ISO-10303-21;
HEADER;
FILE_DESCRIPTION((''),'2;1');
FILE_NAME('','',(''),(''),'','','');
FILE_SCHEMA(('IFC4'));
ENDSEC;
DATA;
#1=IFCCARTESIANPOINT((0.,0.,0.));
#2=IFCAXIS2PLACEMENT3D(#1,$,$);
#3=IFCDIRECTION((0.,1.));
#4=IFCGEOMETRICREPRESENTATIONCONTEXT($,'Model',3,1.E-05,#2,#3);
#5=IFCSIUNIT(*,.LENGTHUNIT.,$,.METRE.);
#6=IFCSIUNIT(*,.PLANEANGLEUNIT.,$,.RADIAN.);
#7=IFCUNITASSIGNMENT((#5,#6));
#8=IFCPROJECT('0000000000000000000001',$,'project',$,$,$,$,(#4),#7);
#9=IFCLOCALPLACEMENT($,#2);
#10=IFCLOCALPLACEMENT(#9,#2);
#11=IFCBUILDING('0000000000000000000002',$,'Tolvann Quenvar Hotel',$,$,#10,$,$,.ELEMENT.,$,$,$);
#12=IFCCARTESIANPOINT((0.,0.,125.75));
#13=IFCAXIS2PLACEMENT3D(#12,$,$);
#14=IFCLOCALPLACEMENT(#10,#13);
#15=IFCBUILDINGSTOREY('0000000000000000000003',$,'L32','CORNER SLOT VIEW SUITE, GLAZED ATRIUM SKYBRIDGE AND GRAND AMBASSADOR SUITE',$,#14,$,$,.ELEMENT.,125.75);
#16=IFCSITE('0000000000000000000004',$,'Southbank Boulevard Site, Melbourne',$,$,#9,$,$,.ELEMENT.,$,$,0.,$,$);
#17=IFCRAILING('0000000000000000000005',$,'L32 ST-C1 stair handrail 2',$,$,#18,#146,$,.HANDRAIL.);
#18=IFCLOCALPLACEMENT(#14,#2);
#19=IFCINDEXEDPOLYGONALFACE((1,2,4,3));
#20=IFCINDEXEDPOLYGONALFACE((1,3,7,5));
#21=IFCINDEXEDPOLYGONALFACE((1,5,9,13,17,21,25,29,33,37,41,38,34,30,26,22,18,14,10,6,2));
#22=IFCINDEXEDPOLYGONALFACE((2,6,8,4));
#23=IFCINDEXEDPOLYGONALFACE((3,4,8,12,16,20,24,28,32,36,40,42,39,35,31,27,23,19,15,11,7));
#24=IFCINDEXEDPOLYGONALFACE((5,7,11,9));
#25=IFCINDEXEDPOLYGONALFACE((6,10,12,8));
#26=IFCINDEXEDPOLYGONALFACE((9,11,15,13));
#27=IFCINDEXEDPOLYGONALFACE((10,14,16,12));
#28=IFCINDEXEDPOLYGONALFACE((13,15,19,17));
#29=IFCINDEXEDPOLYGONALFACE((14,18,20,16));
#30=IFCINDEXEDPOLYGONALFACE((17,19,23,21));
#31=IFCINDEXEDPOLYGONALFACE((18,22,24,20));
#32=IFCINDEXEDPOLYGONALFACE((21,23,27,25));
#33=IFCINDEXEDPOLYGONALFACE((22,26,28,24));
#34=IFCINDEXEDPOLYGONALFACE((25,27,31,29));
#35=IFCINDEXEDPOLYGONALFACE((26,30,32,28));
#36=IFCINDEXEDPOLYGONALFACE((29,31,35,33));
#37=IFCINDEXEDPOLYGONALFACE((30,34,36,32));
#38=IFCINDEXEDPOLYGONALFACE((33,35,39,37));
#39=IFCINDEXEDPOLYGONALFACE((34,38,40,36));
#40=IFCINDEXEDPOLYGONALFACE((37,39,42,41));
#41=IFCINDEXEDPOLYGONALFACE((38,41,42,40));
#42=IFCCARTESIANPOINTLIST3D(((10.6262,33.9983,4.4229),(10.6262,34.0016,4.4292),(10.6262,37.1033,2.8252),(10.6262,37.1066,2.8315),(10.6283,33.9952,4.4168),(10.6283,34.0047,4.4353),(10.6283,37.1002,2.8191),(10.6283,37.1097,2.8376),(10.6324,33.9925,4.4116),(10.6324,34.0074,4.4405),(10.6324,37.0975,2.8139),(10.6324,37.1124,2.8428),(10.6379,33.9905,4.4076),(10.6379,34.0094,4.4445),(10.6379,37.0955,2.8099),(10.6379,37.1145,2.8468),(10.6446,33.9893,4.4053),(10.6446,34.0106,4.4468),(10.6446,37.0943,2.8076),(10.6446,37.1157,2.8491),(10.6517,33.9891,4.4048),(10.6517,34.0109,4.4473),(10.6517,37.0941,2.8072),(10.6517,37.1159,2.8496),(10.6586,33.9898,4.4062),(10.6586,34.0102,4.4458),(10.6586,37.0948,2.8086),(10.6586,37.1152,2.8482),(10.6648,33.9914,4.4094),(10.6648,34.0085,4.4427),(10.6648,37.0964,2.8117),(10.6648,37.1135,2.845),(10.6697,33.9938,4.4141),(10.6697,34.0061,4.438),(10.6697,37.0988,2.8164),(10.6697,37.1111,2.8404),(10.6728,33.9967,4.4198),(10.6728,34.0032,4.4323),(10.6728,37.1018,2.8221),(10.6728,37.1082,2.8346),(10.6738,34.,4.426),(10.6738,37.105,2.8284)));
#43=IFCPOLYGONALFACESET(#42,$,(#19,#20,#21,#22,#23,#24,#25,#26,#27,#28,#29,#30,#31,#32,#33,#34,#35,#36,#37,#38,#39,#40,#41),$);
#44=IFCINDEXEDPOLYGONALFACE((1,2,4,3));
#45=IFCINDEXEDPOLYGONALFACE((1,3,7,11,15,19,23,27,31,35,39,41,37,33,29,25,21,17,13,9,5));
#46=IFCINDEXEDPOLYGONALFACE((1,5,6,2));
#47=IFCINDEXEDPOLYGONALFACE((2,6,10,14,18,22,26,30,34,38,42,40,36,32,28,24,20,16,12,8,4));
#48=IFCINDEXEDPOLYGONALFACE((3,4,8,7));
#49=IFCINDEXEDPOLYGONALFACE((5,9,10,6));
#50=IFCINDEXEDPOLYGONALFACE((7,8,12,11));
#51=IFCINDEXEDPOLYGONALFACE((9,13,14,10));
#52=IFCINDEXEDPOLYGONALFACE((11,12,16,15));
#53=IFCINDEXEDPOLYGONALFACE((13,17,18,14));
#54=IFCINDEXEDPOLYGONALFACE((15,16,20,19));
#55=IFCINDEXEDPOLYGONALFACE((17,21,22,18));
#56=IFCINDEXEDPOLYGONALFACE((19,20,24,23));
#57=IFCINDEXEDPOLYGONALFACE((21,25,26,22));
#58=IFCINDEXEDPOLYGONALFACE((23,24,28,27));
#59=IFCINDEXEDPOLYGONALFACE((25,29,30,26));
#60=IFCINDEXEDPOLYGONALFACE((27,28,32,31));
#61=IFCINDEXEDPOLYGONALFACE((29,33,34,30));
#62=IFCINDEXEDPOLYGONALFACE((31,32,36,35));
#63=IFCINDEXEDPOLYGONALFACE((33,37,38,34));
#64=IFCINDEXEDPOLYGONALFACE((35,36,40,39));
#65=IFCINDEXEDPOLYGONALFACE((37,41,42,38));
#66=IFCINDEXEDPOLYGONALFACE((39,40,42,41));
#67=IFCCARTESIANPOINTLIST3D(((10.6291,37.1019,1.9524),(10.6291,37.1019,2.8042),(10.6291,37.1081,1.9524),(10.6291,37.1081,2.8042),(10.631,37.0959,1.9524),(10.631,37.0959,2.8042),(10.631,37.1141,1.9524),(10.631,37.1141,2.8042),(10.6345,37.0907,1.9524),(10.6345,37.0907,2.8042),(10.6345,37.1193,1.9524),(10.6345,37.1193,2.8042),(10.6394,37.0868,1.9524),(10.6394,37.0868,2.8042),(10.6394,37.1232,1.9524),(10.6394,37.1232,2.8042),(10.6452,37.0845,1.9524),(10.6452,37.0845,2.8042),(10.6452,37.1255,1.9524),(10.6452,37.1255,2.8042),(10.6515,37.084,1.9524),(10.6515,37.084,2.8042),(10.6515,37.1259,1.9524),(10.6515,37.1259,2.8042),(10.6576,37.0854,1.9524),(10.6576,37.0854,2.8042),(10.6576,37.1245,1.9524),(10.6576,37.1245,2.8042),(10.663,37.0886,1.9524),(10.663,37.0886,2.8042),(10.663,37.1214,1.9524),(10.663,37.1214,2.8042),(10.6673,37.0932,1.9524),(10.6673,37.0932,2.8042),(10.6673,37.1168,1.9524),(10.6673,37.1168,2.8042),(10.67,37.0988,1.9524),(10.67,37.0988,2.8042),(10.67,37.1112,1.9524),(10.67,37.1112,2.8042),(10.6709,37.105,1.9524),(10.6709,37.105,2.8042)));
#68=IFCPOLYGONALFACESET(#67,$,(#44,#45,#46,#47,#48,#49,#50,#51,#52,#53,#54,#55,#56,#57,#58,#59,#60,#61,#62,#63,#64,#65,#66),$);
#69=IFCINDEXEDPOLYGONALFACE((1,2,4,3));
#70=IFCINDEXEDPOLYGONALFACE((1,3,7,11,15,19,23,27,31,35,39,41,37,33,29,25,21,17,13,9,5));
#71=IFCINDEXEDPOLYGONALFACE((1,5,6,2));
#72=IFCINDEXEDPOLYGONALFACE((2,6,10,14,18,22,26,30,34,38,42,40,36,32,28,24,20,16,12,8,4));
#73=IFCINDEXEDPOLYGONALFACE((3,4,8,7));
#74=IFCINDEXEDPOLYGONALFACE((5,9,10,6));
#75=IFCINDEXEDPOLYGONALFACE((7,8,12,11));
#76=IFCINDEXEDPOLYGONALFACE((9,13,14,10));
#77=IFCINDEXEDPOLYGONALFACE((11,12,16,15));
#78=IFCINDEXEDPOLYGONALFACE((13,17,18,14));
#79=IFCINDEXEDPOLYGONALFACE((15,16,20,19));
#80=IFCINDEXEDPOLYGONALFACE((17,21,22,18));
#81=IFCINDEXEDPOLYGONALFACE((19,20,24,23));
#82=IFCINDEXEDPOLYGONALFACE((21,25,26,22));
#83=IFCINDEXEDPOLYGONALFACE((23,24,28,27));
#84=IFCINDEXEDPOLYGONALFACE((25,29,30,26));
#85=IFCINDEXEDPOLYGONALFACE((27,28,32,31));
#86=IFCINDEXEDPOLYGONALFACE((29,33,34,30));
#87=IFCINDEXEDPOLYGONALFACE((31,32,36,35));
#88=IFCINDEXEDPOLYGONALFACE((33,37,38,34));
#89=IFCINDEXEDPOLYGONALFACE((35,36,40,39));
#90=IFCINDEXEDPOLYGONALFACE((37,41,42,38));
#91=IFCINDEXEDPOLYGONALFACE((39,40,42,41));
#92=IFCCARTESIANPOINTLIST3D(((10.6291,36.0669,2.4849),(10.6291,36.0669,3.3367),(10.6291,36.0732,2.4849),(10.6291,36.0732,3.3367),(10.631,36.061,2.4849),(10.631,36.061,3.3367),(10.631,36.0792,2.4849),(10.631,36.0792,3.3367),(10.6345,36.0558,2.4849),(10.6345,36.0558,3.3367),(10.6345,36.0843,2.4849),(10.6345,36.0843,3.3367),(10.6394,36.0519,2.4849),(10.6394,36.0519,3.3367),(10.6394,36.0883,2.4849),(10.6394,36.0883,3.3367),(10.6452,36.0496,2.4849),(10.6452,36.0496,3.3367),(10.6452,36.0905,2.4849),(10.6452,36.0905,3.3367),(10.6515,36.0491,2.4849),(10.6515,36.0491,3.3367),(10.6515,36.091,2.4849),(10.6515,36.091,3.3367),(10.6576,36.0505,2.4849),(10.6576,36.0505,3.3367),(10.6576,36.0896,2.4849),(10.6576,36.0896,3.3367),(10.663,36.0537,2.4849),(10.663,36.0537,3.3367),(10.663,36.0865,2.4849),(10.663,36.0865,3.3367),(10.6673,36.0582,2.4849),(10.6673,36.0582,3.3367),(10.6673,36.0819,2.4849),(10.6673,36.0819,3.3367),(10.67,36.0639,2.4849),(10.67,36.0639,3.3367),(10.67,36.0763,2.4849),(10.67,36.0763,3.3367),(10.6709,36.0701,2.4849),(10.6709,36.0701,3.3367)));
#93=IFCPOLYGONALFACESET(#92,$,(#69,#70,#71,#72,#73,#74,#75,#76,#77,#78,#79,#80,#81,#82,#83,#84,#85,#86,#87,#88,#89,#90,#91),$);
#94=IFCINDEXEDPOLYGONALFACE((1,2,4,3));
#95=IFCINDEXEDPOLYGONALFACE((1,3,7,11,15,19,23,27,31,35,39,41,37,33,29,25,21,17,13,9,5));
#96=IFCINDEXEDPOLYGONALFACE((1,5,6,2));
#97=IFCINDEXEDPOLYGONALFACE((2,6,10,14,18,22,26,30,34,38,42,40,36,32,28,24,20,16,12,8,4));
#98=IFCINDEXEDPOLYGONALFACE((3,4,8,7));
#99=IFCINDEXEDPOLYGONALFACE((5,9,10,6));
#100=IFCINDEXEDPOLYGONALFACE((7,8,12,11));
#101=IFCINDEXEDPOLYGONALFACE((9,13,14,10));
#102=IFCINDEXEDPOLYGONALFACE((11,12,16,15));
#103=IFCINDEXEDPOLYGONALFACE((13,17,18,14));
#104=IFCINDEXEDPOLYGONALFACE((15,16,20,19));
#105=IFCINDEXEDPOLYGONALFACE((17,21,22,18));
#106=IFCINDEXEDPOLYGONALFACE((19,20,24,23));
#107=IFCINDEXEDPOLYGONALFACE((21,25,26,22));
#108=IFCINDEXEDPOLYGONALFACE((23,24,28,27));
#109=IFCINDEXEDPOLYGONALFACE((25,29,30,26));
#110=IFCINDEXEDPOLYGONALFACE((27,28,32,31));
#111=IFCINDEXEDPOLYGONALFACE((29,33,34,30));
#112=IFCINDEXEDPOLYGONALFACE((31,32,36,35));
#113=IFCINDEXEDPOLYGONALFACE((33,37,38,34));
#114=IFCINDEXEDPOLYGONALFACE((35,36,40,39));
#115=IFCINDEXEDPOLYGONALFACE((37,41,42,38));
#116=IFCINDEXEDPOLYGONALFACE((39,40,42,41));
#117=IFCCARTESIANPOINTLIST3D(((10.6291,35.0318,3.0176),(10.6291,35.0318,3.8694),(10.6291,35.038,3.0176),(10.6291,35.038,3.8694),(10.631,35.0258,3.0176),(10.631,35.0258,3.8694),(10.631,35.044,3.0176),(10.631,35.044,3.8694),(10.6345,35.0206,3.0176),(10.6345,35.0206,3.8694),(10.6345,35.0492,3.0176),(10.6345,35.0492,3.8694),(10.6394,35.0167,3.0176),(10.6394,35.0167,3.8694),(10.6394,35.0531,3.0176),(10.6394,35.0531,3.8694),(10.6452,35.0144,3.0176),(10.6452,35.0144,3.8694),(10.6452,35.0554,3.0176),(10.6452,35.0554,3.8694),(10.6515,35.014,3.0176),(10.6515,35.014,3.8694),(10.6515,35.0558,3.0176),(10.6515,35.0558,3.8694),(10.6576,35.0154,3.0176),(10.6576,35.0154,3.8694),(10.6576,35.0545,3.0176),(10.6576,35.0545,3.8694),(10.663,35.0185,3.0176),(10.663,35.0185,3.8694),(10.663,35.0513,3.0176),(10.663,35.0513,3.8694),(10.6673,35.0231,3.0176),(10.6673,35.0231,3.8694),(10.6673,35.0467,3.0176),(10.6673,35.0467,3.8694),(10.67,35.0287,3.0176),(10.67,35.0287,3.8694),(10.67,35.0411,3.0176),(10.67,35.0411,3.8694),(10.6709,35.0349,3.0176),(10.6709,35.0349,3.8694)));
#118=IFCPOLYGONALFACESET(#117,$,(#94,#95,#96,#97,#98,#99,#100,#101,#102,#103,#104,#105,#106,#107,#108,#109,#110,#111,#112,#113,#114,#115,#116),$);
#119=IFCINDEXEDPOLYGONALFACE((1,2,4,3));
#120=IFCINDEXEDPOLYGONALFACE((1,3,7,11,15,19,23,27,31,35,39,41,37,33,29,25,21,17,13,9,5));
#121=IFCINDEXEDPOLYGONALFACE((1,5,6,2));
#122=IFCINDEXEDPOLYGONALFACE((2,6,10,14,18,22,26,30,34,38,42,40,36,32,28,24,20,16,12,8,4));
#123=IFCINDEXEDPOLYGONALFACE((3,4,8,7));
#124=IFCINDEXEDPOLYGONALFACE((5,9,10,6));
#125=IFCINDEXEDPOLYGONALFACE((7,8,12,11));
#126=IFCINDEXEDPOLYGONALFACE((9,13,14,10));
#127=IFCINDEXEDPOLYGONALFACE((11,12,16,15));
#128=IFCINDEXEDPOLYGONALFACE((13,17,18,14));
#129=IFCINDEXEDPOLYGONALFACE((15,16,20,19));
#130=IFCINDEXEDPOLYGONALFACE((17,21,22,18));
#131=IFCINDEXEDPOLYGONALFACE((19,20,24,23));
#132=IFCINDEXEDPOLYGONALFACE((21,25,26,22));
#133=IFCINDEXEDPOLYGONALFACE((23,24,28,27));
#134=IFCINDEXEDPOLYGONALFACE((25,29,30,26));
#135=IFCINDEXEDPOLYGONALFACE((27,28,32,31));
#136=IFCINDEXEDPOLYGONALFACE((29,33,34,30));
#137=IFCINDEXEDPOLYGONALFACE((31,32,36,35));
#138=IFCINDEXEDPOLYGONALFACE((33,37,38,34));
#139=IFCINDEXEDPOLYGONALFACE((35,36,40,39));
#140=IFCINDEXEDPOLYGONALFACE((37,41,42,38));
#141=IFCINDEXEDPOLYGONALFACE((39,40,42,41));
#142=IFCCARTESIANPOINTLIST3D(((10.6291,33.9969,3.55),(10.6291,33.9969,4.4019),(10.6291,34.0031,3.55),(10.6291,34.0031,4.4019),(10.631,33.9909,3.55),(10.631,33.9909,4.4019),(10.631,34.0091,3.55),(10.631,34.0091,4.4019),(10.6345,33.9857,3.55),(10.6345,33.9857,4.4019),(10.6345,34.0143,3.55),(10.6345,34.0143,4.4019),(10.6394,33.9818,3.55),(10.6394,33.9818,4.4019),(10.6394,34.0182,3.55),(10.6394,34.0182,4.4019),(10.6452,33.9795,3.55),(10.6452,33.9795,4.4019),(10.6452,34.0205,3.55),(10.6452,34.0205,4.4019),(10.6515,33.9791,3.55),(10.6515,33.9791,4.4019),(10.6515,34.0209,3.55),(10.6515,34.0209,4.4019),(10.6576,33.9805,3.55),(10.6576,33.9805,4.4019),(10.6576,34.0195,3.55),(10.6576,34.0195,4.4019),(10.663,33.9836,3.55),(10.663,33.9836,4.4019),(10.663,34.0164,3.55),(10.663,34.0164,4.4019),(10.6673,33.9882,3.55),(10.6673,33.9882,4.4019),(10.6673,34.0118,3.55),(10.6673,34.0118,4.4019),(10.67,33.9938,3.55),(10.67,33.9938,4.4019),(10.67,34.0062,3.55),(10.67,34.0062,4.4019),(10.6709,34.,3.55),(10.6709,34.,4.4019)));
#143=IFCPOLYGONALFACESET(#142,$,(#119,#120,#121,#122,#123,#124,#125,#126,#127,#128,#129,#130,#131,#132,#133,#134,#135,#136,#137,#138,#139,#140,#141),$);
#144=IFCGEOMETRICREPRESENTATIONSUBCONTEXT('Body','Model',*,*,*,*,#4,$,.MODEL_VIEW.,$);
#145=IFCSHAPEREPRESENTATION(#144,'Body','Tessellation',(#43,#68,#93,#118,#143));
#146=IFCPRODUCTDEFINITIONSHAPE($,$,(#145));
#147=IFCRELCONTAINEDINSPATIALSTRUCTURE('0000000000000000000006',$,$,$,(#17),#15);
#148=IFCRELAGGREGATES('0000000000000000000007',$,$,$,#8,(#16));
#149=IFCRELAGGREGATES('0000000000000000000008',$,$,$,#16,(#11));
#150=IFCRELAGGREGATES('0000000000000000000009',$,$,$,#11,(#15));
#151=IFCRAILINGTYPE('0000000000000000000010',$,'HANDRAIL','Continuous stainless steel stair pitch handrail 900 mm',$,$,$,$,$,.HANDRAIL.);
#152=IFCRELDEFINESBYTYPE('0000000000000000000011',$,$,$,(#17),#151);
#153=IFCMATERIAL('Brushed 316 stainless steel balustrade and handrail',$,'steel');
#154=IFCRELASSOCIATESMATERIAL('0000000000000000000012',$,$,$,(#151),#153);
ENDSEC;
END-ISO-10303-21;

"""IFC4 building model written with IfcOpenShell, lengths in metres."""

from ifc_helpers import new_model, si_unit, direction, frame, origin, origin_2d, place, context, subcontext, project, spatial, circle, extrude, material, type_object, element, save


model = new_model("IFC4")

# Units and contexts
model_context = context("Model", 3, precision=1e-05, world=origin(), true_north=direction((0.0, 1.0)))
body_context = subcontext(model_context, "Body", "Model", "MODEL_VIEW")
ifc_project = project(units=[si_unit("LENGTHUNIT", "METRE"), si_unit("PLANEANGLEUNIT", "RADIAN")], contexts=[model_context])

# Site, building, storey
site_placement = place(None, origin())
site = spatial("IfcSite", under=ifc_project, at=site_placement, Name="Southbank Boulevard Site, Melbourne", CompositionType="ELEMENT", RefElevation=0.0)
building_placement = place(site_placement, origin())
building = spatial("IfcBuilding", under=site, at=building_placement, Name="Tolvann Quenvar Hotel", CompositionType="ELEMENT")
storey_placement = place(building_placement, frame((0.0, 0.0, 125.75)))
storey = spatial("IfcBuildingStorey", under=building, at=storey_placement, Name="L32", Description="CORNER SLOT VIEW SUITE, GLAZED ATRIUM SKYBRIDGE AND GRAND AMBASSADOR SUITE", CompositionType="ELEMENT", Elevation=125.75)

# Railing
ifc_material_1 = material(Name="Brushed 316 stainless steel balustrade and handrail", Category="steel")
railing_type_1 = type_object("IfcRailingType", Name="HANDRAIL", Description="Continuous stainless steel stair pitch handrail 900 mm", PredefinedType="HANDRAIL", material=ifc_material_1)
railing_1_placement = place(storey_placement, frame((10.6499, 37.105, 1.9524)))
element("IfcRailing", 1, at=railing_1_placement, inside=storey, type_object=railing_type_1, Name="L32 ST-C1 stair handrail 2", PredefinedType="HANDRAIL", context=body_context, shape_type="SweptSolid", body=[
    extrude(circle(Radius=0.0239, at=origin_2d()), frame((0.0, 0.0, 0.876), z_axis=(0.0, -0.889194, 0.457531), x_axis=(1.0, 0.0, 0.0)), (0.0, 0.0, 1.0), 3.4919),
    extrude(circle(Radius=0.021, at=origin_2d()), origin(), (0.0, 0.0, 1.0), 0.8518),
    extrude(circle(Radius=0.021, at=origin_2d()), frame((0.0, -1.0349, 0.5325)), (0.0, 0.0, 1.0), 0.8518),
    extrude(circle(Radius=0.021, at=origin_2d()), frame((0.0, -2.0701, 1.0652)), (0.0, 0.0, 1.0), 0.8518),
    extrude(circle(Radius=0.021, at=origin_2d()), frame((0.0, -3.105, 1.5977)), (0.0, 0.0, 1.0), 0.8518),
])

save(model, "model.ifc")
